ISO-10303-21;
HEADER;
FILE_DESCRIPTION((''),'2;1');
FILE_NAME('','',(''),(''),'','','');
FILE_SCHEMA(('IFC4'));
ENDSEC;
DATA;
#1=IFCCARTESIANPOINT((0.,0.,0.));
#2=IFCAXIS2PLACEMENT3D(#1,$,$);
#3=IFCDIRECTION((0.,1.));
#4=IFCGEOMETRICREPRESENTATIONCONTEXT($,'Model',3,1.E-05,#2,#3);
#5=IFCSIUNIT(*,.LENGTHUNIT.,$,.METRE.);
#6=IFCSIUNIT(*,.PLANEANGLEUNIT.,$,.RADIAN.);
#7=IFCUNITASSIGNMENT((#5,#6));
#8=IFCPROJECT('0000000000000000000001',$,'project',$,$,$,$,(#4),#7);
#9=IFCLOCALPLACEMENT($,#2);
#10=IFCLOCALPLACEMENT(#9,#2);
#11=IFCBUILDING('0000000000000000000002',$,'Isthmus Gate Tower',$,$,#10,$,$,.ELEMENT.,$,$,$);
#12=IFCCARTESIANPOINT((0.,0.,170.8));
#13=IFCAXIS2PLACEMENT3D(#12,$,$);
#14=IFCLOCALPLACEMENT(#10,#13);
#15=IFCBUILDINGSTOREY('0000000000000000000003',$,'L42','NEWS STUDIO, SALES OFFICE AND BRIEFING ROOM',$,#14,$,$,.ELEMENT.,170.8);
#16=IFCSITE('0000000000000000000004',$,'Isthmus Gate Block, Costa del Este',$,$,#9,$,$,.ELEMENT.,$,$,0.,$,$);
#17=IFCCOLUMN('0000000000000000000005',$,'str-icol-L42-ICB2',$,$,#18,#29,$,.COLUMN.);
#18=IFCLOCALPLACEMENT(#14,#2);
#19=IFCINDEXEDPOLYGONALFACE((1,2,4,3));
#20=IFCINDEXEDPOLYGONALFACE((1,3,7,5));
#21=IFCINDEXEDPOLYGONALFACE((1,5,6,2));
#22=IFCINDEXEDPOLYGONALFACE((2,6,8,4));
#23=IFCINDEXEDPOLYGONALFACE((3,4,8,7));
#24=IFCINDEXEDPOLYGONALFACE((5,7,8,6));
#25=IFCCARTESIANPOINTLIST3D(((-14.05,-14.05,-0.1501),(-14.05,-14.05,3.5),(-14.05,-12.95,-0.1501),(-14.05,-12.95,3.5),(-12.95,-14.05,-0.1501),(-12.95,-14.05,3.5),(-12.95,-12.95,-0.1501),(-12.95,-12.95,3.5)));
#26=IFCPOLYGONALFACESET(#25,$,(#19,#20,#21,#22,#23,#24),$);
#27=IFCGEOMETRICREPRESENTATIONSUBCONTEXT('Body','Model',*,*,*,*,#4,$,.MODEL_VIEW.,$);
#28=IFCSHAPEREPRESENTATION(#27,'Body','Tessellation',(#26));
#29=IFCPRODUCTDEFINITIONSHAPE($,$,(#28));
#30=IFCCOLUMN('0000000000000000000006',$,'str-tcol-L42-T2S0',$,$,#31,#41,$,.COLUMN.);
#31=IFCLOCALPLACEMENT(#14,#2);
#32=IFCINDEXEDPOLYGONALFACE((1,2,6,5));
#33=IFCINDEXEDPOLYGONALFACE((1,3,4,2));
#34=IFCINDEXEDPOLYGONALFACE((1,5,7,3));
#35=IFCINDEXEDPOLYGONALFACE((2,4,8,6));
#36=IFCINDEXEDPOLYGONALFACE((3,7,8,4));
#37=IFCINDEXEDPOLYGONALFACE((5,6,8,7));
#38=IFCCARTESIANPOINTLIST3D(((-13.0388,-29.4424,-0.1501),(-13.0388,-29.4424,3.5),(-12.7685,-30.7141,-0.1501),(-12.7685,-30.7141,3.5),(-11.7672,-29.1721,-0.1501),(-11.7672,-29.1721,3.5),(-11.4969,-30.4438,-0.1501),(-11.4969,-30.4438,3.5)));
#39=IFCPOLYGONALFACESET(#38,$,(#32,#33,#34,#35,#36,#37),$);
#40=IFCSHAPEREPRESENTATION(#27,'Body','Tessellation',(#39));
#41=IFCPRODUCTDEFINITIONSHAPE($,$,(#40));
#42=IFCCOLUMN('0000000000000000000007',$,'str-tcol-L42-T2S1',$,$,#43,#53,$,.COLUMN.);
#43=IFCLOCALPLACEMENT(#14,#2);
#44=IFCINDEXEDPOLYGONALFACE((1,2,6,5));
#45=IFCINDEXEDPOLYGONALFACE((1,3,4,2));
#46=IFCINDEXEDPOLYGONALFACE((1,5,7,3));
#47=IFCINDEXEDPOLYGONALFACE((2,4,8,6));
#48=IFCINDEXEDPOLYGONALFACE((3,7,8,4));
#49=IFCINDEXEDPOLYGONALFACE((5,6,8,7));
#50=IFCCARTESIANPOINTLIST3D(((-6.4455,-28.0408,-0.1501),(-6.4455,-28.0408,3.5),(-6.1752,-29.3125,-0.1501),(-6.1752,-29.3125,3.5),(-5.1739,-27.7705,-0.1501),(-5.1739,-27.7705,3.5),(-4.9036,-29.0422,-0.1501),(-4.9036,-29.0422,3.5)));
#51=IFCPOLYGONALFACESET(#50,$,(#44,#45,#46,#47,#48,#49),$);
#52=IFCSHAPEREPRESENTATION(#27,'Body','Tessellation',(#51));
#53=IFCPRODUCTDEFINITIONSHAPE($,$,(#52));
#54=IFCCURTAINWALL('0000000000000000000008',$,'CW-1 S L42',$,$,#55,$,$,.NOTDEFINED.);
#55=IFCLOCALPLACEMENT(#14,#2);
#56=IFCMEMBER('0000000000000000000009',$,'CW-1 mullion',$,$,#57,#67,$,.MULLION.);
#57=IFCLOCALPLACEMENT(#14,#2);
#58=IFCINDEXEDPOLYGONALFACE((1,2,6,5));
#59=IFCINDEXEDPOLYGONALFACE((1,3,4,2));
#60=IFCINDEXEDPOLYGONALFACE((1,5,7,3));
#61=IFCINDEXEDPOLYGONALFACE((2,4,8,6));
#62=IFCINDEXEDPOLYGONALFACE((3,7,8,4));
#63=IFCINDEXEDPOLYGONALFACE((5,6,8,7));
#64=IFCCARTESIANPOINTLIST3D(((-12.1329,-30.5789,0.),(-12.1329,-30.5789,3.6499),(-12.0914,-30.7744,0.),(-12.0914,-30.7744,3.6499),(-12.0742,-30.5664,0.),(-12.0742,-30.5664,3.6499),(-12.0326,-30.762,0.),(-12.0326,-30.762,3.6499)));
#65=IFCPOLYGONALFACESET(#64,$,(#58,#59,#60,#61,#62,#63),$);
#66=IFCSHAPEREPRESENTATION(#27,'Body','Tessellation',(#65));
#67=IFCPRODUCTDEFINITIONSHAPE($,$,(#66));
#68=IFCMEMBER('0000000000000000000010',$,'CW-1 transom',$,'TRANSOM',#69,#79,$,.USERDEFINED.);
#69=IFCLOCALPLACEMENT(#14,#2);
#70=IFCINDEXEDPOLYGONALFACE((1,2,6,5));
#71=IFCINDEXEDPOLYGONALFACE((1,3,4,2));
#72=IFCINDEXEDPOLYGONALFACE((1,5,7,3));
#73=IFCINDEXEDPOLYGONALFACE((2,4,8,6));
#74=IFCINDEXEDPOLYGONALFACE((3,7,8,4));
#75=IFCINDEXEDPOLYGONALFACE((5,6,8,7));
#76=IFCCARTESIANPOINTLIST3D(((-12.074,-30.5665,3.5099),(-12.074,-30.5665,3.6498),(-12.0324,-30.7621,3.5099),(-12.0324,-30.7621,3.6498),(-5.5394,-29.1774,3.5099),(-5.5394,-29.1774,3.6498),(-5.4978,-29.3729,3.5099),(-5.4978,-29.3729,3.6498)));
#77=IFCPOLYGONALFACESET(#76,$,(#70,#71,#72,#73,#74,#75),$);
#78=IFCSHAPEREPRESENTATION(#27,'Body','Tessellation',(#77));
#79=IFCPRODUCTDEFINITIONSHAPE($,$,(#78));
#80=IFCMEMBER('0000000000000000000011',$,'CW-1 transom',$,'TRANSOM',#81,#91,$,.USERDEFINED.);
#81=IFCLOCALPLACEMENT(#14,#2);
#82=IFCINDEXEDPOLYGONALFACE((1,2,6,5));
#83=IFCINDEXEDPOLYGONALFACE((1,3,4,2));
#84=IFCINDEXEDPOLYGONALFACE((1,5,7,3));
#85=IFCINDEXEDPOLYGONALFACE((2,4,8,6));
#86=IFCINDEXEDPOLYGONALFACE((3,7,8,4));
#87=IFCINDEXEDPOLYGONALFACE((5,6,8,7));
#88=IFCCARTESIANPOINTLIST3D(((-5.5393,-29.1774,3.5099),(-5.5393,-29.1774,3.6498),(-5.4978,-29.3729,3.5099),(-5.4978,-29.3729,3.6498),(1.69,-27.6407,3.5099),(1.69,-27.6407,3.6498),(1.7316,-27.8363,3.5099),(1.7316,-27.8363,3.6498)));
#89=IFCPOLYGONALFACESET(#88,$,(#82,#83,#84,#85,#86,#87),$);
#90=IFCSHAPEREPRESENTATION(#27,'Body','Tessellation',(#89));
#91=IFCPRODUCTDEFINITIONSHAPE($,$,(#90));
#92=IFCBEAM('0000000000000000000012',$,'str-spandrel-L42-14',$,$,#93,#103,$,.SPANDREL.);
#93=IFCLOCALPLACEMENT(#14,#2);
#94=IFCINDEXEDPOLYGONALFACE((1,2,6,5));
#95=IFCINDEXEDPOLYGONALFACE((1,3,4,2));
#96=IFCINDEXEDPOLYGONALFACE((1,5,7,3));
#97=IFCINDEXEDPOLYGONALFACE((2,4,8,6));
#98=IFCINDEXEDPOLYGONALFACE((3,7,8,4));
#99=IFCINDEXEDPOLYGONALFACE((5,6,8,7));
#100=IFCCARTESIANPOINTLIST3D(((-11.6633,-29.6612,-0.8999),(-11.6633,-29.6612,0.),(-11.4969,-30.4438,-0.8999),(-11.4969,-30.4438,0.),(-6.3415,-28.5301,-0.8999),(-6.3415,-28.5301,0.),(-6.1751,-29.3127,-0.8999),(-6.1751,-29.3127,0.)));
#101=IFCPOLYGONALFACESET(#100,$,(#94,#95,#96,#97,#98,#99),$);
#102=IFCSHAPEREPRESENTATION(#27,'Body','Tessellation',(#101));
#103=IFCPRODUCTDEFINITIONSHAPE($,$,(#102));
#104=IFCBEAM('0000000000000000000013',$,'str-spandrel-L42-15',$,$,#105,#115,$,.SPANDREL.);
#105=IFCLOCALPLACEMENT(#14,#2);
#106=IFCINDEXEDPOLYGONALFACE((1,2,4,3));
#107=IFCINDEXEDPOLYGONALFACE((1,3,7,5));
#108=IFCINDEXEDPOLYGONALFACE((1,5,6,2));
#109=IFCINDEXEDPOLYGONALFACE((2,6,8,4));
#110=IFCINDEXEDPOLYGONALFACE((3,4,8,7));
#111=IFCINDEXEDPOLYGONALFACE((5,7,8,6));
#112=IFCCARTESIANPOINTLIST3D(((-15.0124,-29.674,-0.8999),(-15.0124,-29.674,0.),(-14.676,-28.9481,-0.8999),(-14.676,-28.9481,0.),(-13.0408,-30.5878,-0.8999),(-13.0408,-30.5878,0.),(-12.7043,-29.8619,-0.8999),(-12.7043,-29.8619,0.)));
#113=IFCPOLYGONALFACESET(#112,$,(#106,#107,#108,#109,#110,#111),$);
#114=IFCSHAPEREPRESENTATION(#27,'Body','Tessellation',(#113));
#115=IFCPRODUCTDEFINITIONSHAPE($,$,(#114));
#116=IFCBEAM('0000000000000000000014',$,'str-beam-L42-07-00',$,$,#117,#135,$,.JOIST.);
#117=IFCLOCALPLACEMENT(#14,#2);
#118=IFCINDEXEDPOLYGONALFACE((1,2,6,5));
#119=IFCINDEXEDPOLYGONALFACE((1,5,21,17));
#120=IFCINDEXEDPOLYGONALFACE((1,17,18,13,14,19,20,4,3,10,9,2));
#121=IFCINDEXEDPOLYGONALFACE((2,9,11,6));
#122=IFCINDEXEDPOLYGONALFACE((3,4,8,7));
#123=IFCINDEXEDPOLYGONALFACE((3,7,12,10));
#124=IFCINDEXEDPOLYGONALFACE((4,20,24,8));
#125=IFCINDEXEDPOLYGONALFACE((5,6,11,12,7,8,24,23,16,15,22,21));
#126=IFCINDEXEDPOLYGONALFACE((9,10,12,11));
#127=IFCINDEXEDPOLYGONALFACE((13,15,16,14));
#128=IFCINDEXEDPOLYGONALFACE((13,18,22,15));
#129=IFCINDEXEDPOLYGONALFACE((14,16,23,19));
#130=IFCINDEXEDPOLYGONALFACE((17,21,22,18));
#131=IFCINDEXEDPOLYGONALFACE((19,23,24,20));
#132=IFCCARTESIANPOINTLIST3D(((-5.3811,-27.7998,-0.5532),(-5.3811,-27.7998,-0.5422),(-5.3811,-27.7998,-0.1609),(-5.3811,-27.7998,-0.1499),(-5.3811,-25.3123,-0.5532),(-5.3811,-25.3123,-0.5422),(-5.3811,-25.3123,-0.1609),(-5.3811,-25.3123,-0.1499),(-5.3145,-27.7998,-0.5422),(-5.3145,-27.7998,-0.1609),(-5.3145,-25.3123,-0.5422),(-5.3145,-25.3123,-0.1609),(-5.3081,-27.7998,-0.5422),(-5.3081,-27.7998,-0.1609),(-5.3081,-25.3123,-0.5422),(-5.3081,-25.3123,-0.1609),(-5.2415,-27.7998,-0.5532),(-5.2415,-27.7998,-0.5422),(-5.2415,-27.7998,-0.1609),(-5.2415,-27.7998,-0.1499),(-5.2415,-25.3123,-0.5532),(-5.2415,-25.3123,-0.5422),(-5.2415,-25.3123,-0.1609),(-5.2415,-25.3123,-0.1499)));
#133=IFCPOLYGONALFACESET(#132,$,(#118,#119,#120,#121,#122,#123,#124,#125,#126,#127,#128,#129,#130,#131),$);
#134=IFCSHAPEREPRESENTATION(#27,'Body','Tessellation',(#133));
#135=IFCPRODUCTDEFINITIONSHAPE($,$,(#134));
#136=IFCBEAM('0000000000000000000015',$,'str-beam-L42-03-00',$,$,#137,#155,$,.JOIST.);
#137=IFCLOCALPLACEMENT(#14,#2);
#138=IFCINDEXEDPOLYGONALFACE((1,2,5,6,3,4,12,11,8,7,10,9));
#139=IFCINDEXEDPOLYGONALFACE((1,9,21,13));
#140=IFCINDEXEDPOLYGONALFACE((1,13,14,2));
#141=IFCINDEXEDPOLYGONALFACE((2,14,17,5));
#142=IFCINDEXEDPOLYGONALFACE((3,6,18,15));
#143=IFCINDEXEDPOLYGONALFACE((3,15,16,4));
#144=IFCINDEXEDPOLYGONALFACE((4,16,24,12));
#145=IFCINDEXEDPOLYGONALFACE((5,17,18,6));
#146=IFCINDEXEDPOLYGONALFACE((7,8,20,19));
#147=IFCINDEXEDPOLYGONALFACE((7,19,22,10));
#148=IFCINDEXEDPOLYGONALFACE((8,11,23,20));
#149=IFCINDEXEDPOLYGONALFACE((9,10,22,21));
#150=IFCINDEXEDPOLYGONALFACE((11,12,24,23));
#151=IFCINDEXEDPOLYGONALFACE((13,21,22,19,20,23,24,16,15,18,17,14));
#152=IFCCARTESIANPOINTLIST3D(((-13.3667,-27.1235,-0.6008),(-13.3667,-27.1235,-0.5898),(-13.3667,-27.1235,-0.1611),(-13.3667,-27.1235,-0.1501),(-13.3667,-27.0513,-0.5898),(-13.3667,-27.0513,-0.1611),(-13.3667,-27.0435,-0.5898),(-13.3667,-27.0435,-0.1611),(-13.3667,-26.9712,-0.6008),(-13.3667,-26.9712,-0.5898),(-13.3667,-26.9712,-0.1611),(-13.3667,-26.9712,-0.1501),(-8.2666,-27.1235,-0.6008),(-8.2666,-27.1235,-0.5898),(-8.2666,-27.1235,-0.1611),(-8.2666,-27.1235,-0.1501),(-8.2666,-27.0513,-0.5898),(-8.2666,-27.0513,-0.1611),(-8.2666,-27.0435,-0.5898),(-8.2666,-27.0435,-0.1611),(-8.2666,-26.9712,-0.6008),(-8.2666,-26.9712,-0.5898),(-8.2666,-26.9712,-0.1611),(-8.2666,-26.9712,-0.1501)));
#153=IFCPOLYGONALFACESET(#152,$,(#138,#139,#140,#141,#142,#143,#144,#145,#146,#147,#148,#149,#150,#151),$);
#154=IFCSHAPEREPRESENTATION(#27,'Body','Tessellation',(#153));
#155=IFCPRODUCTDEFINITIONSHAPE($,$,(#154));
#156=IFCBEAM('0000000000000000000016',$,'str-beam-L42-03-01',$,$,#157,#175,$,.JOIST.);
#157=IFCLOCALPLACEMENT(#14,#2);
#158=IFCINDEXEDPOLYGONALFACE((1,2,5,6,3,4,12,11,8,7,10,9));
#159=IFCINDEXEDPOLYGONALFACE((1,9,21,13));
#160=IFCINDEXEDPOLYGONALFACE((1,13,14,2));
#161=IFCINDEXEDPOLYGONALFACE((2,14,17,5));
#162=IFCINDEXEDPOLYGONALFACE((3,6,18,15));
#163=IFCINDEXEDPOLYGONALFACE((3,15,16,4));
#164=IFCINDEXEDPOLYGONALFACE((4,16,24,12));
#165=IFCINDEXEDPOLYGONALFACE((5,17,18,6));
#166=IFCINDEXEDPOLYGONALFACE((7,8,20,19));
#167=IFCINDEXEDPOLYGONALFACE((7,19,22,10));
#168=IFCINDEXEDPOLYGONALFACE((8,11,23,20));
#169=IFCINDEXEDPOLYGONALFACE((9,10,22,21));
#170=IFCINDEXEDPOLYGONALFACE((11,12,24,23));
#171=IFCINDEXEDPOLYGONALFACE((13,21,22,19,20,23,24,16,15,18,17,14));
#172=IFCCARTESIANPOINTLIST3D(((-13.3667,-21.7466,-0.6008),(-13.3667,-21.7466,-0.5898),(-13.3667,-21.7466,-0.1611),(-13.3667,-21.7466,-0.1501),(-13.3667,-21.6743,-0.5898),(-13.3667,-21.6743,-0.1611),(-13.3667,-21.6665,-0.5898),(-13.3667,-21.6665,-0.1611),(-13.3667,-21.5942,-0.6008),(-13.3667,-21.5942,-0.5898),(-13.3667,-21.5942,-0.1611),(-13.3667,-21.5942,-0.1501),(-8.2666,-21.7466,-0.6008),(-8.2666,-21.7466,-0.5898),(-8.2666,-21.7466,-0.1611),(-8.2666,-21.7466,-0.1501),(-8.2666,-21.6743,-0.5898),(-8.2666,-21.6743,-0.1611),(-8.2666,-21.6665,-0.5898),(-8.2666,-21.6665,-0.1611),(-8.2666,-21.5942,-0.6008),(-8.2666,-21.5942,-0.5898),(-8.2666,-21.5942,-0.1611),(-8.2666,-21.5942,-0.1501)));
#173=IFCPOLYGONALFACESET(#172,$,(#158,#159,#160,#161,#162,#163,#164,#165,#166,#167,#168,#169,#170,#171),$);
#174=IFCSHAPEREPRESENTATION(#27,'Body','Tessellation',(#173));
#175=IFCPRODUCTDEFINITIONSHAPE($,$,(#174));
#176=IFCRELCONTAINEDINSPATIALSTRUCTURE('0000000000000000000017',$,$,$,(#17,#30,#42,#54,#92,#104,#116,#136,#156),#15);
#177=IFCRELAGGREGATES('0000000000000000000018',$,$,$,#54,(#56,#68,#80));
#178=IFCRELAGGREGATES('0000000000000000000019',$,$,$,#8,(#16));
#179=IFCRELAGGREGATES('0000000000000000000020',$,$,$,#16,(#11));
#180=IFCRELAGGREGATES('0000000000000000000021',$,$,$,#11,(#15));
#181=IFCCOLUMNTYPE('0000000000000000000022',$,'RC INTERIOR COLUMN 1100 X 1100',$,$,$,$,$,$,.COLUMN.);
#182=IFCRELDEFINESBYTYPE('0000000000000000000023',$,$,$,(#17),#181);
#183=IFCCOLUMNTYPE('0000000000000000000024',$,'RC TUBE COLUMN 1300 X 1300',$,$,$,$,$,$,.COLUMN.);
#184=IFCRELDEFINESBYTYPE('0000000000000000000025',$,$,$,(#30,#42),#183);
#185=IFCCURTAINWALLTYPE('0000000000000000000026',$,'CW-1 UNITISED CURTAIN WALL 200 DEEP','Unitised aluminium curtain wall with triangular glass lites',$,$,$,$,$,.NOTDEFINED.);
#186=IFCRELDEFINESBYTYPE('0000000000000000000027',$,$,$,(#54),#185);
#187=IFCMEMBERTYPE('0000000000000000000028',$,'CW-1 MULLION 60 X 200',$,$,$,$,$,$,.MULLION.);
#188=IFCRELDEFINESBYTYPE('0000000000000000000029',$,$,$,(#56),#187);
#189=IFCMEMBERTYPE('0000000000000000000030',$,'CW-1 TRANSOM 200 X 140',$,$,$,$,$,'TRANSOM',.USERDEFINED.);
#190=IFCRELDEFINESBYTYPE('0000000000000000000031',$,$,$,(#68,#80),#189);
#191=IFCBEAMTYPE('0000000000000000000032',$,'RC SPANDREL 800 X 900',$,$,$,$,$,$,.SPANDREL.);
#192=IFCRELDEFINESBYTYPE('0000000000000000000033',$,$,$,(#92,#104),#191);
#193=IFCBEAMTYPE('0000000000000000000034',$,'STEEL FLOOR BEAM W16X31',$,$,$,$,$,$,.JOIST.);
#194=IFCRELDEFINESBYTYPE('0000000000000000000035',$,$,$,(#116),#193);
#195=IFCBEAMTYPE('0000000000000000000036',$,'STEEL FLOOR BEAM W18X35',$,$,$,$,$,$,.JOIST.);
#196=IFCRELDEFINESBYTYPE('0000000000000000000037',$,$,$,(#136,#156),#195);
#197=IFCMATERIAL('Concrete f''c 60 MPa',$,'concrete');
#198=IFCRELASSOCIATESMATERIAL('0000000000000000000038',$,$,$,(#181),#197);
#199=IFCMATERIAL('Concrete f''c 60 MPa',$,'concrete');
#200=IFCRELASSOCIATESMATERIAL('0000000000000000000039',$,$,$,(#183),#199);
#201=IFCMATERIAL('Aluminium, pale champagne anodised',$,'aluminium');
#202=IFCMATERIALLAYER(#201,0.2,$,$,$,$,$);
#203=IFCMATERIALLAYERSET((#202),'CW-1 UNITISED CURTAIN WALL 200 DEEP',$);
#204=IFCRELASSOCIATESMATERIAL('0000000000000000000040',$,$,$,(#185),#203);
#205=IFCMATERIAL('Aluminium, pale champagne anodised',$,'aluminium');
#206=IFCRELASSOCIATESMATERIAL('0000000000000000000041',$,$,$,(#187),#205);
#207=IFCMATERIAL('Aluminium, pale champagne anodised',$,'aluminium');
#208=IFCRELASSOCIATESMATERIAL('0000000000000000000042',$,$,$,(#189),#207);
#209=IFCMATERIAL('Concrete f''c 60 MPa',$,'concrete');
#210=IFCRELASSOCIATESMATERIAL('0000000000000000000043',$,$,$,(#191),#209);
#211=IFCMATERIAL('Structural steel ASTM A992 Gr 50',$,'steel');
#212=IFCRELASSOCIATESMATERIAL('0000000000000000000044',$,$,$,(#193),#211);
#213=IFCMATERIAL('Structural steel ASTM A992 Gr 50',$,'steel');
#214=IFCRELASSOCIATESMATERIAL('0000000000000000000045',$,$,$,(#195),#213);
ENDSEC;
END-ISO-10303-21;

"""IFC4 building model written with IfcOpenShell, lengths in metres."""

from ifc_helpers import new_model, si_unit, direction, frame, origin, origin_2d, place, context, subcontext, project, spatial, rectangle, i_section, extrude, material, layer, layer_set, material_profile, profile_set, type_object, element, aggregate, save


model = new_model("IFC4")

# Units and contexts
model_context = context("Model", 3, precision=1e-05, world=origin(), true_north=direction((0.0, 1.0)))
body_context = subcontext(model_context, "Body", "Model", "MODEL_VIEW")
ifc_project = project(units=[si_unit("LENGTHUNIT", "METRE"), si_unit("PLANEANGLEUNIT", "RADIAN")], contexts=[model_context])

# Site, building, storey
site_placement = place(None, origin())
site = spatial("IfcSite", under=ifc_project, at=site_placement, Name="Isthmus Gate Block, Costa del Este", CompositionType="ELEMENT", RefElevation=0.0)
building_placement = place(site_placement, origin())
building = spatial("IfcBuilding", under=site, at=building_placement, Name="Isthmus Gate Tower", CompositionType="ELEMENT")
storey_placement = place(building_placement, frame((0.0, 0.0, 170.8)))
storey = spatial("IfcBuildingStorey", under=building, at=storey_placement, Name="L42", Description="NEWS STUDIO, SALES OFFICE AND BRIEFING ROOM", CompositionType="ELEMENT", Elevation=170.8)

# Columns
ifc_material_1 = material(Name="Concrete f'c 60 MPa", Category="concrete")
ifc_material_profile_1 = material_profile(ifc_material_1, rectangle(XDim=1.1001, YDim=1.1001, at=origin_2d()), Name="RC 1100X1100")
ifc_profile_set_1 = profile_set([ifc_material_profile_1], Name="Concrete f'c 60 MPa")
column_type_1 = type_object("IfcColumnType", Name="RC INTERIOR COLUMN 1100 X 1100", PredefinedType="COLUMN", material=ifc_profile_set_1)
column_placement = place(storey_placement, frame((-13.5, -13.5, -0.1501), z_axis=(0.0, 0.0, 1.0), x_axis=(1.0, 0.0, 0.0)))
element("IfcColumn", 1, at=column_placement, inside=storey, type_object=column_type_1, Name="str-icol-L42-ICB2", PredefinedType="COLUMN", context=body_context, shape_type="SweptSolid", body=[
    extrude(rectangle(XDim=1.1001, YDim=1.1001, at=origin_2d()), origin(), (0.0, 0.0, 1.0), 3.6501),
])
ifc_material_2 = material(Name="Concrete f'c 60 MPa", Category="concrete")
ifc_material_profile_2 = material_profile(ifc_material_2, rectangle(XDim=1.3, YDim=1.3, at=origin_2d()), Name="RC 1300X1300")
ifc_profile_set_2 = profile_set([ifc_material_profile_2], Name="Concrete f'c 60 MPa")
column_type_2 = type_object("IfcColumnType", Name="RC TUBE COLUMN 1300 X 1300", PredefinedType="COLUMN", material=ifc_profile_set_2)
for number, where, z_axis, x_axis, name in (
    (2, (-12.2678, -29.9431, -0.1501), (0.0, 0.0, 1.0), (0.978148, 0.207912, 0.0), "str-tcol-L42-T2S0"),
    (3, (-5.6746, -28.5415, -0.1501), (0.0, 0.0, 1.0), (0.978148, 0.207912, 0.0), "str-tcol-L42-T2S1"),
):
    element("IfcColumn", number, at=place(storey_placement, frame(where, z_axis=z_axis, x_axis=x_axis)), inside=storey, type_object=column_type_2, Name=name, PredefinedType="COLUMN", context=body_context, shape_type="SweptSolid", body=[
        extrude(rectangle(XDim=1.3, YDim=1.3, at=origin_2d()), origin(), (0.0, 0.0, 1.0), 3.6501),
    ])

# Curtain wall, members
ifc_material_3 = material(Name="Aluminium, pale champagne anodised", Category="aluminium")
ifc_layer_1 = layer(ifc_material_3, 0.2)
ifc_layer_set_1 = layer_set([ifc_layer_1], Name="CW-1 UNITISED CURTAIN WALL 200 DEEP")
curtain_wall_type = type_object("IfcCurtainWallType", Name="CW-1 UNITISED CURTAIN WALL 200 DEEP", Description="Unitised aluminium curtain wall with triangular glass lites", PredefinedType="NOTDEFINED", material=ifc_layer_set_1)
curtain_wall_1_placement = place(storey_placement, origin())
curtain_wall_1 = element("IfcCurtainWall", 4, at=curtain_wall_1_placement, inside=storey, type_object=curtain_wall_type, Name="CW-1 S L42", PredefinedType="NOTDEFINED")
ifc_material_4 = material(Name="Aluminium, pale champagne anodised", Category="aluminium")
ifc_material_profile_3 = material_profile(ifc_material_4, rectangle(XDim=0.0601, YDim=0.2, at=origin_2d()), Name="60x200")
ifc_profile_set_3 = profile_set([ifc_material_profile_3], Name="Aluminium, pale champagne anodised")
member_type_1 = type_object("IfcMemberType", Name="CW-1 MULLION 60 X 200", PredefinedType="MULLION", material=ifc_profile_set_3)
member_1_placement = place(storey_placement, frame((-12.0828, -30.6704, 0.0), z_axis=(0.0, 0.0, 1.0), x_axis=(0.978148, 0.207912, 0.0)))
member_1 = element("IfcMember", 5, at=member_1_placement, type_object=member_type_1, Name="CW-1 mullion", PredefinedType="MULLION", context=body_context, shape_type="SweptSolid", body=[
    extrude(rectangle(XDim=0.0601, YDim=0.2, at=origin_2d()), origin(), (0.0, 0.0, 1.0), 3.6499),
])
ifc_material_5 = material(Name="Aluminium, pale champagne anodised", Category="aluminium")
ifc_material_profile_4 = material_profile(ifc_material_5, rectangle(XDim=0.2, YDim=0.1399, at=origin_2d()), Name="200x140")
ifc_profile_set_4 = profile_set([ifc_material_profile_4], Name="Aluminium, pale champagne anodised")
member_type_2 = type_object("IfcMemberType", Name="CW-1 TRANSOM 200 X 140", ElementType="TRANSOM", PredefinedType="USERDEFINED", material=ifc_profile_set_4)
member_2_placement = place(storey_placement, frame((-12.0532, -30.6643, 3.5798), z_axis=(0.978142, 0.207937, 0.0), x_axis=(-0.207937, 0.978142, 0.0)))
member_2 = element("IfcMember", 6, at=member_2_placement, type_object=member_type_2, Name="CW-1 transom", ObjectType="TRANSOM", PredefinedType="USERDEFINED", context=body_context, shape_type="SweptSolid", body=[
    extrude(rectangle(XDim=0.2, YDim=0.1399, at=origin_2d()), origin(), (0.0, 0.0, 1.0), 6.6807),
])
member_3_placement = place(storey_placement, frame((-5.5186, -29.2751, 3.5798), z_axis=(0.978148, 0.207911, 0.0), x_axis=(-0.207911, 0.978148, 0.0)))
member_3 = element("IfcMember", 7, at=member_3_placement, type_object=member_type_2, Name="CW-1 transom", ObjectType="TRANSOM", PredefinedType="USERDEFINED", context=body_context, shape_type="SweptSolid", body=[
    extrude(rectangle(XDim=0.2, YDim=0.1399, at=origin_2d()), origin(), (0.0, 0.0, 1.0), 7.3909),
])

# Beams
ifc_material_6 = material(Name="Concrete f'c 60 MPa", Category="concrete")
ifc_material_profile_5 = material_profile(ifc_material_6, rectangle(XDim=0.8, YDim=0.8999, at=origin_2d()), Name="RC 800X900")
ifc_profile_set_5 = profile_set([ifc_material_profile_5], Name="Concrete f'c 60 MPa")
beam_type_1 = type_object("IfcBeamType", Name="RC SPANDREL 800 X 900", PredefinedType="SPANDREL", material=ifc_profile_set_5)
beam_1_placement = place(storey_placement, frame((-6.2583, -28.9214, -0.45), z_axis=(-0.97815, -0.207898, 0.0), x_axis=(0.207898, -0.97815, 0.0)))
element("IfcBeam", 8, at=beam_1_placement, inside=storey, type_object=beam_type_1, Name="str-spandrel-L42-14", PredefinedType="SPANDREL", context=body_context, shape_type="SweptSolid", body=[
    extrude(rectangle(XDim=0.8, YDim=0.8999, at=origin_2d()), origin(), (0.0, 0.0, 1.0), 5.4407),
])
beam_2_placement = place(storey_placement, frame((-12.8726, -30.2249, -0.45), z_axis=(-0.907291, 0.420504, 0.0), x_axis=(-0.420504, -0.907291, 0.0)))
element("IfcBeam", 9, at=beam_2_placement, inside=storey, type_object=beam_type_1, Name="str-spandrel-L42-15", PredefinedType="SPANDREL", context=body_context, shape_type="SweptSolid", body=[
    extrude(rectangle(XDim=0.8, YDim=0.8999, at=origin_2d()), origin(), (0.0, 0.0, 1.0), 2.1731),
])
ifc_material_7 = material(Name="Structural steel ASTM A992 Gr 50", Category="steel")
ifc_material_profile_6 = material_profile(ifc_material_7, i_section(OverallWidth=0.1396, OverallDepth=0.4033, WebThickness=0.0063, FlangeThickness=0.011, at=origin_2d()), Name="W16X31")
ifc_profile_set_6 = profile_set([ifc_material_profile_6], Name="Structural steel ASTM A992 Gr 50")
beam_type_2 = type_object("IfcBeamType", Name="STEEL FLOOR BEAM W16X31", PredefinedType="JOIST", material=ifc_profile_set_6)
beam_3_placement = place(storey_placement, frame((-5.3113, -27.7998, -0.3516), z_axis=(0.0, 1.0, 0.0), x_axis=(-1.0, 0.0, 0.0)))
element("IfcBeam", 10, at=beam_3_placement, inside=storey, type_object=beam_type_2, Name="str-beam-L42-07-00", PredefinedType="JOIST", context=body_context, shape_type="SweptSolid", body=[
    extrude(i_section(OverallWidth=0.1396, OverallDepth=0.4033, WebThickness=0.0063, FlangeThickness=0.011, at=origin_2d()), origin(), (0.0, 0.0, 1.0), 2.4875),
])
ifc_material_8 = material(Name="Structural steel ASTM A992 Gr 50", Category="steel")
ifc_material_profile_7 = material_profile(ifc_material_8, i_section(OverallWidth=0.1523, OverallDepth=0.4507, WebThickness=0.0078, FlangeThickness=0.011, at=origin_2d()), Name="W18X35")
ifc_profile_set_7 = profile_set([ifc_material_profile_7], Name="Structural steel ASTM A992 Gr 50")
beam_type_3 = type_object("IfcBeamType", Name="STEEL FLOOR BEAM W18X35", PredefinedType="JOIST", material=ifc_profile_set_7)
for number, where, z_axis, x_axis, name in (
    (11, (-13.3667, -27.0474, -0.3755), (1.0, 0.0, 0.0), (0.0, 1.0, 0.0), "str-beam-L42-03-00"),
    (12, (-13.3667, -21.6704, -0.3755), (1.0, 0.0, 0.0), (0.0, 1.0, 0.0), "str-beam-L42-03-01"),
):
    element("IfcBeam", number, at=place(storey_placement, frame(where, z_axis=z_axis, x_axis=x_axis)), inside=storey, type_object=beam_type_3, Name=name, PredefinedType="JOIST", context=body_context, shape_type="SweptSolid", body=[
        extrude(i_section(OverallWidth=0.1523, OverallDepth=0.4507, WebThickness=0.0078, FlangeThickness=0.011, at=origin_2d()), origin(), (0.0, 0.0, 1.0), 5.1001),
    ])

aggregate(curtain_wall_1, [member_1, member_2, member_3])

save(model, "model.ifc")
